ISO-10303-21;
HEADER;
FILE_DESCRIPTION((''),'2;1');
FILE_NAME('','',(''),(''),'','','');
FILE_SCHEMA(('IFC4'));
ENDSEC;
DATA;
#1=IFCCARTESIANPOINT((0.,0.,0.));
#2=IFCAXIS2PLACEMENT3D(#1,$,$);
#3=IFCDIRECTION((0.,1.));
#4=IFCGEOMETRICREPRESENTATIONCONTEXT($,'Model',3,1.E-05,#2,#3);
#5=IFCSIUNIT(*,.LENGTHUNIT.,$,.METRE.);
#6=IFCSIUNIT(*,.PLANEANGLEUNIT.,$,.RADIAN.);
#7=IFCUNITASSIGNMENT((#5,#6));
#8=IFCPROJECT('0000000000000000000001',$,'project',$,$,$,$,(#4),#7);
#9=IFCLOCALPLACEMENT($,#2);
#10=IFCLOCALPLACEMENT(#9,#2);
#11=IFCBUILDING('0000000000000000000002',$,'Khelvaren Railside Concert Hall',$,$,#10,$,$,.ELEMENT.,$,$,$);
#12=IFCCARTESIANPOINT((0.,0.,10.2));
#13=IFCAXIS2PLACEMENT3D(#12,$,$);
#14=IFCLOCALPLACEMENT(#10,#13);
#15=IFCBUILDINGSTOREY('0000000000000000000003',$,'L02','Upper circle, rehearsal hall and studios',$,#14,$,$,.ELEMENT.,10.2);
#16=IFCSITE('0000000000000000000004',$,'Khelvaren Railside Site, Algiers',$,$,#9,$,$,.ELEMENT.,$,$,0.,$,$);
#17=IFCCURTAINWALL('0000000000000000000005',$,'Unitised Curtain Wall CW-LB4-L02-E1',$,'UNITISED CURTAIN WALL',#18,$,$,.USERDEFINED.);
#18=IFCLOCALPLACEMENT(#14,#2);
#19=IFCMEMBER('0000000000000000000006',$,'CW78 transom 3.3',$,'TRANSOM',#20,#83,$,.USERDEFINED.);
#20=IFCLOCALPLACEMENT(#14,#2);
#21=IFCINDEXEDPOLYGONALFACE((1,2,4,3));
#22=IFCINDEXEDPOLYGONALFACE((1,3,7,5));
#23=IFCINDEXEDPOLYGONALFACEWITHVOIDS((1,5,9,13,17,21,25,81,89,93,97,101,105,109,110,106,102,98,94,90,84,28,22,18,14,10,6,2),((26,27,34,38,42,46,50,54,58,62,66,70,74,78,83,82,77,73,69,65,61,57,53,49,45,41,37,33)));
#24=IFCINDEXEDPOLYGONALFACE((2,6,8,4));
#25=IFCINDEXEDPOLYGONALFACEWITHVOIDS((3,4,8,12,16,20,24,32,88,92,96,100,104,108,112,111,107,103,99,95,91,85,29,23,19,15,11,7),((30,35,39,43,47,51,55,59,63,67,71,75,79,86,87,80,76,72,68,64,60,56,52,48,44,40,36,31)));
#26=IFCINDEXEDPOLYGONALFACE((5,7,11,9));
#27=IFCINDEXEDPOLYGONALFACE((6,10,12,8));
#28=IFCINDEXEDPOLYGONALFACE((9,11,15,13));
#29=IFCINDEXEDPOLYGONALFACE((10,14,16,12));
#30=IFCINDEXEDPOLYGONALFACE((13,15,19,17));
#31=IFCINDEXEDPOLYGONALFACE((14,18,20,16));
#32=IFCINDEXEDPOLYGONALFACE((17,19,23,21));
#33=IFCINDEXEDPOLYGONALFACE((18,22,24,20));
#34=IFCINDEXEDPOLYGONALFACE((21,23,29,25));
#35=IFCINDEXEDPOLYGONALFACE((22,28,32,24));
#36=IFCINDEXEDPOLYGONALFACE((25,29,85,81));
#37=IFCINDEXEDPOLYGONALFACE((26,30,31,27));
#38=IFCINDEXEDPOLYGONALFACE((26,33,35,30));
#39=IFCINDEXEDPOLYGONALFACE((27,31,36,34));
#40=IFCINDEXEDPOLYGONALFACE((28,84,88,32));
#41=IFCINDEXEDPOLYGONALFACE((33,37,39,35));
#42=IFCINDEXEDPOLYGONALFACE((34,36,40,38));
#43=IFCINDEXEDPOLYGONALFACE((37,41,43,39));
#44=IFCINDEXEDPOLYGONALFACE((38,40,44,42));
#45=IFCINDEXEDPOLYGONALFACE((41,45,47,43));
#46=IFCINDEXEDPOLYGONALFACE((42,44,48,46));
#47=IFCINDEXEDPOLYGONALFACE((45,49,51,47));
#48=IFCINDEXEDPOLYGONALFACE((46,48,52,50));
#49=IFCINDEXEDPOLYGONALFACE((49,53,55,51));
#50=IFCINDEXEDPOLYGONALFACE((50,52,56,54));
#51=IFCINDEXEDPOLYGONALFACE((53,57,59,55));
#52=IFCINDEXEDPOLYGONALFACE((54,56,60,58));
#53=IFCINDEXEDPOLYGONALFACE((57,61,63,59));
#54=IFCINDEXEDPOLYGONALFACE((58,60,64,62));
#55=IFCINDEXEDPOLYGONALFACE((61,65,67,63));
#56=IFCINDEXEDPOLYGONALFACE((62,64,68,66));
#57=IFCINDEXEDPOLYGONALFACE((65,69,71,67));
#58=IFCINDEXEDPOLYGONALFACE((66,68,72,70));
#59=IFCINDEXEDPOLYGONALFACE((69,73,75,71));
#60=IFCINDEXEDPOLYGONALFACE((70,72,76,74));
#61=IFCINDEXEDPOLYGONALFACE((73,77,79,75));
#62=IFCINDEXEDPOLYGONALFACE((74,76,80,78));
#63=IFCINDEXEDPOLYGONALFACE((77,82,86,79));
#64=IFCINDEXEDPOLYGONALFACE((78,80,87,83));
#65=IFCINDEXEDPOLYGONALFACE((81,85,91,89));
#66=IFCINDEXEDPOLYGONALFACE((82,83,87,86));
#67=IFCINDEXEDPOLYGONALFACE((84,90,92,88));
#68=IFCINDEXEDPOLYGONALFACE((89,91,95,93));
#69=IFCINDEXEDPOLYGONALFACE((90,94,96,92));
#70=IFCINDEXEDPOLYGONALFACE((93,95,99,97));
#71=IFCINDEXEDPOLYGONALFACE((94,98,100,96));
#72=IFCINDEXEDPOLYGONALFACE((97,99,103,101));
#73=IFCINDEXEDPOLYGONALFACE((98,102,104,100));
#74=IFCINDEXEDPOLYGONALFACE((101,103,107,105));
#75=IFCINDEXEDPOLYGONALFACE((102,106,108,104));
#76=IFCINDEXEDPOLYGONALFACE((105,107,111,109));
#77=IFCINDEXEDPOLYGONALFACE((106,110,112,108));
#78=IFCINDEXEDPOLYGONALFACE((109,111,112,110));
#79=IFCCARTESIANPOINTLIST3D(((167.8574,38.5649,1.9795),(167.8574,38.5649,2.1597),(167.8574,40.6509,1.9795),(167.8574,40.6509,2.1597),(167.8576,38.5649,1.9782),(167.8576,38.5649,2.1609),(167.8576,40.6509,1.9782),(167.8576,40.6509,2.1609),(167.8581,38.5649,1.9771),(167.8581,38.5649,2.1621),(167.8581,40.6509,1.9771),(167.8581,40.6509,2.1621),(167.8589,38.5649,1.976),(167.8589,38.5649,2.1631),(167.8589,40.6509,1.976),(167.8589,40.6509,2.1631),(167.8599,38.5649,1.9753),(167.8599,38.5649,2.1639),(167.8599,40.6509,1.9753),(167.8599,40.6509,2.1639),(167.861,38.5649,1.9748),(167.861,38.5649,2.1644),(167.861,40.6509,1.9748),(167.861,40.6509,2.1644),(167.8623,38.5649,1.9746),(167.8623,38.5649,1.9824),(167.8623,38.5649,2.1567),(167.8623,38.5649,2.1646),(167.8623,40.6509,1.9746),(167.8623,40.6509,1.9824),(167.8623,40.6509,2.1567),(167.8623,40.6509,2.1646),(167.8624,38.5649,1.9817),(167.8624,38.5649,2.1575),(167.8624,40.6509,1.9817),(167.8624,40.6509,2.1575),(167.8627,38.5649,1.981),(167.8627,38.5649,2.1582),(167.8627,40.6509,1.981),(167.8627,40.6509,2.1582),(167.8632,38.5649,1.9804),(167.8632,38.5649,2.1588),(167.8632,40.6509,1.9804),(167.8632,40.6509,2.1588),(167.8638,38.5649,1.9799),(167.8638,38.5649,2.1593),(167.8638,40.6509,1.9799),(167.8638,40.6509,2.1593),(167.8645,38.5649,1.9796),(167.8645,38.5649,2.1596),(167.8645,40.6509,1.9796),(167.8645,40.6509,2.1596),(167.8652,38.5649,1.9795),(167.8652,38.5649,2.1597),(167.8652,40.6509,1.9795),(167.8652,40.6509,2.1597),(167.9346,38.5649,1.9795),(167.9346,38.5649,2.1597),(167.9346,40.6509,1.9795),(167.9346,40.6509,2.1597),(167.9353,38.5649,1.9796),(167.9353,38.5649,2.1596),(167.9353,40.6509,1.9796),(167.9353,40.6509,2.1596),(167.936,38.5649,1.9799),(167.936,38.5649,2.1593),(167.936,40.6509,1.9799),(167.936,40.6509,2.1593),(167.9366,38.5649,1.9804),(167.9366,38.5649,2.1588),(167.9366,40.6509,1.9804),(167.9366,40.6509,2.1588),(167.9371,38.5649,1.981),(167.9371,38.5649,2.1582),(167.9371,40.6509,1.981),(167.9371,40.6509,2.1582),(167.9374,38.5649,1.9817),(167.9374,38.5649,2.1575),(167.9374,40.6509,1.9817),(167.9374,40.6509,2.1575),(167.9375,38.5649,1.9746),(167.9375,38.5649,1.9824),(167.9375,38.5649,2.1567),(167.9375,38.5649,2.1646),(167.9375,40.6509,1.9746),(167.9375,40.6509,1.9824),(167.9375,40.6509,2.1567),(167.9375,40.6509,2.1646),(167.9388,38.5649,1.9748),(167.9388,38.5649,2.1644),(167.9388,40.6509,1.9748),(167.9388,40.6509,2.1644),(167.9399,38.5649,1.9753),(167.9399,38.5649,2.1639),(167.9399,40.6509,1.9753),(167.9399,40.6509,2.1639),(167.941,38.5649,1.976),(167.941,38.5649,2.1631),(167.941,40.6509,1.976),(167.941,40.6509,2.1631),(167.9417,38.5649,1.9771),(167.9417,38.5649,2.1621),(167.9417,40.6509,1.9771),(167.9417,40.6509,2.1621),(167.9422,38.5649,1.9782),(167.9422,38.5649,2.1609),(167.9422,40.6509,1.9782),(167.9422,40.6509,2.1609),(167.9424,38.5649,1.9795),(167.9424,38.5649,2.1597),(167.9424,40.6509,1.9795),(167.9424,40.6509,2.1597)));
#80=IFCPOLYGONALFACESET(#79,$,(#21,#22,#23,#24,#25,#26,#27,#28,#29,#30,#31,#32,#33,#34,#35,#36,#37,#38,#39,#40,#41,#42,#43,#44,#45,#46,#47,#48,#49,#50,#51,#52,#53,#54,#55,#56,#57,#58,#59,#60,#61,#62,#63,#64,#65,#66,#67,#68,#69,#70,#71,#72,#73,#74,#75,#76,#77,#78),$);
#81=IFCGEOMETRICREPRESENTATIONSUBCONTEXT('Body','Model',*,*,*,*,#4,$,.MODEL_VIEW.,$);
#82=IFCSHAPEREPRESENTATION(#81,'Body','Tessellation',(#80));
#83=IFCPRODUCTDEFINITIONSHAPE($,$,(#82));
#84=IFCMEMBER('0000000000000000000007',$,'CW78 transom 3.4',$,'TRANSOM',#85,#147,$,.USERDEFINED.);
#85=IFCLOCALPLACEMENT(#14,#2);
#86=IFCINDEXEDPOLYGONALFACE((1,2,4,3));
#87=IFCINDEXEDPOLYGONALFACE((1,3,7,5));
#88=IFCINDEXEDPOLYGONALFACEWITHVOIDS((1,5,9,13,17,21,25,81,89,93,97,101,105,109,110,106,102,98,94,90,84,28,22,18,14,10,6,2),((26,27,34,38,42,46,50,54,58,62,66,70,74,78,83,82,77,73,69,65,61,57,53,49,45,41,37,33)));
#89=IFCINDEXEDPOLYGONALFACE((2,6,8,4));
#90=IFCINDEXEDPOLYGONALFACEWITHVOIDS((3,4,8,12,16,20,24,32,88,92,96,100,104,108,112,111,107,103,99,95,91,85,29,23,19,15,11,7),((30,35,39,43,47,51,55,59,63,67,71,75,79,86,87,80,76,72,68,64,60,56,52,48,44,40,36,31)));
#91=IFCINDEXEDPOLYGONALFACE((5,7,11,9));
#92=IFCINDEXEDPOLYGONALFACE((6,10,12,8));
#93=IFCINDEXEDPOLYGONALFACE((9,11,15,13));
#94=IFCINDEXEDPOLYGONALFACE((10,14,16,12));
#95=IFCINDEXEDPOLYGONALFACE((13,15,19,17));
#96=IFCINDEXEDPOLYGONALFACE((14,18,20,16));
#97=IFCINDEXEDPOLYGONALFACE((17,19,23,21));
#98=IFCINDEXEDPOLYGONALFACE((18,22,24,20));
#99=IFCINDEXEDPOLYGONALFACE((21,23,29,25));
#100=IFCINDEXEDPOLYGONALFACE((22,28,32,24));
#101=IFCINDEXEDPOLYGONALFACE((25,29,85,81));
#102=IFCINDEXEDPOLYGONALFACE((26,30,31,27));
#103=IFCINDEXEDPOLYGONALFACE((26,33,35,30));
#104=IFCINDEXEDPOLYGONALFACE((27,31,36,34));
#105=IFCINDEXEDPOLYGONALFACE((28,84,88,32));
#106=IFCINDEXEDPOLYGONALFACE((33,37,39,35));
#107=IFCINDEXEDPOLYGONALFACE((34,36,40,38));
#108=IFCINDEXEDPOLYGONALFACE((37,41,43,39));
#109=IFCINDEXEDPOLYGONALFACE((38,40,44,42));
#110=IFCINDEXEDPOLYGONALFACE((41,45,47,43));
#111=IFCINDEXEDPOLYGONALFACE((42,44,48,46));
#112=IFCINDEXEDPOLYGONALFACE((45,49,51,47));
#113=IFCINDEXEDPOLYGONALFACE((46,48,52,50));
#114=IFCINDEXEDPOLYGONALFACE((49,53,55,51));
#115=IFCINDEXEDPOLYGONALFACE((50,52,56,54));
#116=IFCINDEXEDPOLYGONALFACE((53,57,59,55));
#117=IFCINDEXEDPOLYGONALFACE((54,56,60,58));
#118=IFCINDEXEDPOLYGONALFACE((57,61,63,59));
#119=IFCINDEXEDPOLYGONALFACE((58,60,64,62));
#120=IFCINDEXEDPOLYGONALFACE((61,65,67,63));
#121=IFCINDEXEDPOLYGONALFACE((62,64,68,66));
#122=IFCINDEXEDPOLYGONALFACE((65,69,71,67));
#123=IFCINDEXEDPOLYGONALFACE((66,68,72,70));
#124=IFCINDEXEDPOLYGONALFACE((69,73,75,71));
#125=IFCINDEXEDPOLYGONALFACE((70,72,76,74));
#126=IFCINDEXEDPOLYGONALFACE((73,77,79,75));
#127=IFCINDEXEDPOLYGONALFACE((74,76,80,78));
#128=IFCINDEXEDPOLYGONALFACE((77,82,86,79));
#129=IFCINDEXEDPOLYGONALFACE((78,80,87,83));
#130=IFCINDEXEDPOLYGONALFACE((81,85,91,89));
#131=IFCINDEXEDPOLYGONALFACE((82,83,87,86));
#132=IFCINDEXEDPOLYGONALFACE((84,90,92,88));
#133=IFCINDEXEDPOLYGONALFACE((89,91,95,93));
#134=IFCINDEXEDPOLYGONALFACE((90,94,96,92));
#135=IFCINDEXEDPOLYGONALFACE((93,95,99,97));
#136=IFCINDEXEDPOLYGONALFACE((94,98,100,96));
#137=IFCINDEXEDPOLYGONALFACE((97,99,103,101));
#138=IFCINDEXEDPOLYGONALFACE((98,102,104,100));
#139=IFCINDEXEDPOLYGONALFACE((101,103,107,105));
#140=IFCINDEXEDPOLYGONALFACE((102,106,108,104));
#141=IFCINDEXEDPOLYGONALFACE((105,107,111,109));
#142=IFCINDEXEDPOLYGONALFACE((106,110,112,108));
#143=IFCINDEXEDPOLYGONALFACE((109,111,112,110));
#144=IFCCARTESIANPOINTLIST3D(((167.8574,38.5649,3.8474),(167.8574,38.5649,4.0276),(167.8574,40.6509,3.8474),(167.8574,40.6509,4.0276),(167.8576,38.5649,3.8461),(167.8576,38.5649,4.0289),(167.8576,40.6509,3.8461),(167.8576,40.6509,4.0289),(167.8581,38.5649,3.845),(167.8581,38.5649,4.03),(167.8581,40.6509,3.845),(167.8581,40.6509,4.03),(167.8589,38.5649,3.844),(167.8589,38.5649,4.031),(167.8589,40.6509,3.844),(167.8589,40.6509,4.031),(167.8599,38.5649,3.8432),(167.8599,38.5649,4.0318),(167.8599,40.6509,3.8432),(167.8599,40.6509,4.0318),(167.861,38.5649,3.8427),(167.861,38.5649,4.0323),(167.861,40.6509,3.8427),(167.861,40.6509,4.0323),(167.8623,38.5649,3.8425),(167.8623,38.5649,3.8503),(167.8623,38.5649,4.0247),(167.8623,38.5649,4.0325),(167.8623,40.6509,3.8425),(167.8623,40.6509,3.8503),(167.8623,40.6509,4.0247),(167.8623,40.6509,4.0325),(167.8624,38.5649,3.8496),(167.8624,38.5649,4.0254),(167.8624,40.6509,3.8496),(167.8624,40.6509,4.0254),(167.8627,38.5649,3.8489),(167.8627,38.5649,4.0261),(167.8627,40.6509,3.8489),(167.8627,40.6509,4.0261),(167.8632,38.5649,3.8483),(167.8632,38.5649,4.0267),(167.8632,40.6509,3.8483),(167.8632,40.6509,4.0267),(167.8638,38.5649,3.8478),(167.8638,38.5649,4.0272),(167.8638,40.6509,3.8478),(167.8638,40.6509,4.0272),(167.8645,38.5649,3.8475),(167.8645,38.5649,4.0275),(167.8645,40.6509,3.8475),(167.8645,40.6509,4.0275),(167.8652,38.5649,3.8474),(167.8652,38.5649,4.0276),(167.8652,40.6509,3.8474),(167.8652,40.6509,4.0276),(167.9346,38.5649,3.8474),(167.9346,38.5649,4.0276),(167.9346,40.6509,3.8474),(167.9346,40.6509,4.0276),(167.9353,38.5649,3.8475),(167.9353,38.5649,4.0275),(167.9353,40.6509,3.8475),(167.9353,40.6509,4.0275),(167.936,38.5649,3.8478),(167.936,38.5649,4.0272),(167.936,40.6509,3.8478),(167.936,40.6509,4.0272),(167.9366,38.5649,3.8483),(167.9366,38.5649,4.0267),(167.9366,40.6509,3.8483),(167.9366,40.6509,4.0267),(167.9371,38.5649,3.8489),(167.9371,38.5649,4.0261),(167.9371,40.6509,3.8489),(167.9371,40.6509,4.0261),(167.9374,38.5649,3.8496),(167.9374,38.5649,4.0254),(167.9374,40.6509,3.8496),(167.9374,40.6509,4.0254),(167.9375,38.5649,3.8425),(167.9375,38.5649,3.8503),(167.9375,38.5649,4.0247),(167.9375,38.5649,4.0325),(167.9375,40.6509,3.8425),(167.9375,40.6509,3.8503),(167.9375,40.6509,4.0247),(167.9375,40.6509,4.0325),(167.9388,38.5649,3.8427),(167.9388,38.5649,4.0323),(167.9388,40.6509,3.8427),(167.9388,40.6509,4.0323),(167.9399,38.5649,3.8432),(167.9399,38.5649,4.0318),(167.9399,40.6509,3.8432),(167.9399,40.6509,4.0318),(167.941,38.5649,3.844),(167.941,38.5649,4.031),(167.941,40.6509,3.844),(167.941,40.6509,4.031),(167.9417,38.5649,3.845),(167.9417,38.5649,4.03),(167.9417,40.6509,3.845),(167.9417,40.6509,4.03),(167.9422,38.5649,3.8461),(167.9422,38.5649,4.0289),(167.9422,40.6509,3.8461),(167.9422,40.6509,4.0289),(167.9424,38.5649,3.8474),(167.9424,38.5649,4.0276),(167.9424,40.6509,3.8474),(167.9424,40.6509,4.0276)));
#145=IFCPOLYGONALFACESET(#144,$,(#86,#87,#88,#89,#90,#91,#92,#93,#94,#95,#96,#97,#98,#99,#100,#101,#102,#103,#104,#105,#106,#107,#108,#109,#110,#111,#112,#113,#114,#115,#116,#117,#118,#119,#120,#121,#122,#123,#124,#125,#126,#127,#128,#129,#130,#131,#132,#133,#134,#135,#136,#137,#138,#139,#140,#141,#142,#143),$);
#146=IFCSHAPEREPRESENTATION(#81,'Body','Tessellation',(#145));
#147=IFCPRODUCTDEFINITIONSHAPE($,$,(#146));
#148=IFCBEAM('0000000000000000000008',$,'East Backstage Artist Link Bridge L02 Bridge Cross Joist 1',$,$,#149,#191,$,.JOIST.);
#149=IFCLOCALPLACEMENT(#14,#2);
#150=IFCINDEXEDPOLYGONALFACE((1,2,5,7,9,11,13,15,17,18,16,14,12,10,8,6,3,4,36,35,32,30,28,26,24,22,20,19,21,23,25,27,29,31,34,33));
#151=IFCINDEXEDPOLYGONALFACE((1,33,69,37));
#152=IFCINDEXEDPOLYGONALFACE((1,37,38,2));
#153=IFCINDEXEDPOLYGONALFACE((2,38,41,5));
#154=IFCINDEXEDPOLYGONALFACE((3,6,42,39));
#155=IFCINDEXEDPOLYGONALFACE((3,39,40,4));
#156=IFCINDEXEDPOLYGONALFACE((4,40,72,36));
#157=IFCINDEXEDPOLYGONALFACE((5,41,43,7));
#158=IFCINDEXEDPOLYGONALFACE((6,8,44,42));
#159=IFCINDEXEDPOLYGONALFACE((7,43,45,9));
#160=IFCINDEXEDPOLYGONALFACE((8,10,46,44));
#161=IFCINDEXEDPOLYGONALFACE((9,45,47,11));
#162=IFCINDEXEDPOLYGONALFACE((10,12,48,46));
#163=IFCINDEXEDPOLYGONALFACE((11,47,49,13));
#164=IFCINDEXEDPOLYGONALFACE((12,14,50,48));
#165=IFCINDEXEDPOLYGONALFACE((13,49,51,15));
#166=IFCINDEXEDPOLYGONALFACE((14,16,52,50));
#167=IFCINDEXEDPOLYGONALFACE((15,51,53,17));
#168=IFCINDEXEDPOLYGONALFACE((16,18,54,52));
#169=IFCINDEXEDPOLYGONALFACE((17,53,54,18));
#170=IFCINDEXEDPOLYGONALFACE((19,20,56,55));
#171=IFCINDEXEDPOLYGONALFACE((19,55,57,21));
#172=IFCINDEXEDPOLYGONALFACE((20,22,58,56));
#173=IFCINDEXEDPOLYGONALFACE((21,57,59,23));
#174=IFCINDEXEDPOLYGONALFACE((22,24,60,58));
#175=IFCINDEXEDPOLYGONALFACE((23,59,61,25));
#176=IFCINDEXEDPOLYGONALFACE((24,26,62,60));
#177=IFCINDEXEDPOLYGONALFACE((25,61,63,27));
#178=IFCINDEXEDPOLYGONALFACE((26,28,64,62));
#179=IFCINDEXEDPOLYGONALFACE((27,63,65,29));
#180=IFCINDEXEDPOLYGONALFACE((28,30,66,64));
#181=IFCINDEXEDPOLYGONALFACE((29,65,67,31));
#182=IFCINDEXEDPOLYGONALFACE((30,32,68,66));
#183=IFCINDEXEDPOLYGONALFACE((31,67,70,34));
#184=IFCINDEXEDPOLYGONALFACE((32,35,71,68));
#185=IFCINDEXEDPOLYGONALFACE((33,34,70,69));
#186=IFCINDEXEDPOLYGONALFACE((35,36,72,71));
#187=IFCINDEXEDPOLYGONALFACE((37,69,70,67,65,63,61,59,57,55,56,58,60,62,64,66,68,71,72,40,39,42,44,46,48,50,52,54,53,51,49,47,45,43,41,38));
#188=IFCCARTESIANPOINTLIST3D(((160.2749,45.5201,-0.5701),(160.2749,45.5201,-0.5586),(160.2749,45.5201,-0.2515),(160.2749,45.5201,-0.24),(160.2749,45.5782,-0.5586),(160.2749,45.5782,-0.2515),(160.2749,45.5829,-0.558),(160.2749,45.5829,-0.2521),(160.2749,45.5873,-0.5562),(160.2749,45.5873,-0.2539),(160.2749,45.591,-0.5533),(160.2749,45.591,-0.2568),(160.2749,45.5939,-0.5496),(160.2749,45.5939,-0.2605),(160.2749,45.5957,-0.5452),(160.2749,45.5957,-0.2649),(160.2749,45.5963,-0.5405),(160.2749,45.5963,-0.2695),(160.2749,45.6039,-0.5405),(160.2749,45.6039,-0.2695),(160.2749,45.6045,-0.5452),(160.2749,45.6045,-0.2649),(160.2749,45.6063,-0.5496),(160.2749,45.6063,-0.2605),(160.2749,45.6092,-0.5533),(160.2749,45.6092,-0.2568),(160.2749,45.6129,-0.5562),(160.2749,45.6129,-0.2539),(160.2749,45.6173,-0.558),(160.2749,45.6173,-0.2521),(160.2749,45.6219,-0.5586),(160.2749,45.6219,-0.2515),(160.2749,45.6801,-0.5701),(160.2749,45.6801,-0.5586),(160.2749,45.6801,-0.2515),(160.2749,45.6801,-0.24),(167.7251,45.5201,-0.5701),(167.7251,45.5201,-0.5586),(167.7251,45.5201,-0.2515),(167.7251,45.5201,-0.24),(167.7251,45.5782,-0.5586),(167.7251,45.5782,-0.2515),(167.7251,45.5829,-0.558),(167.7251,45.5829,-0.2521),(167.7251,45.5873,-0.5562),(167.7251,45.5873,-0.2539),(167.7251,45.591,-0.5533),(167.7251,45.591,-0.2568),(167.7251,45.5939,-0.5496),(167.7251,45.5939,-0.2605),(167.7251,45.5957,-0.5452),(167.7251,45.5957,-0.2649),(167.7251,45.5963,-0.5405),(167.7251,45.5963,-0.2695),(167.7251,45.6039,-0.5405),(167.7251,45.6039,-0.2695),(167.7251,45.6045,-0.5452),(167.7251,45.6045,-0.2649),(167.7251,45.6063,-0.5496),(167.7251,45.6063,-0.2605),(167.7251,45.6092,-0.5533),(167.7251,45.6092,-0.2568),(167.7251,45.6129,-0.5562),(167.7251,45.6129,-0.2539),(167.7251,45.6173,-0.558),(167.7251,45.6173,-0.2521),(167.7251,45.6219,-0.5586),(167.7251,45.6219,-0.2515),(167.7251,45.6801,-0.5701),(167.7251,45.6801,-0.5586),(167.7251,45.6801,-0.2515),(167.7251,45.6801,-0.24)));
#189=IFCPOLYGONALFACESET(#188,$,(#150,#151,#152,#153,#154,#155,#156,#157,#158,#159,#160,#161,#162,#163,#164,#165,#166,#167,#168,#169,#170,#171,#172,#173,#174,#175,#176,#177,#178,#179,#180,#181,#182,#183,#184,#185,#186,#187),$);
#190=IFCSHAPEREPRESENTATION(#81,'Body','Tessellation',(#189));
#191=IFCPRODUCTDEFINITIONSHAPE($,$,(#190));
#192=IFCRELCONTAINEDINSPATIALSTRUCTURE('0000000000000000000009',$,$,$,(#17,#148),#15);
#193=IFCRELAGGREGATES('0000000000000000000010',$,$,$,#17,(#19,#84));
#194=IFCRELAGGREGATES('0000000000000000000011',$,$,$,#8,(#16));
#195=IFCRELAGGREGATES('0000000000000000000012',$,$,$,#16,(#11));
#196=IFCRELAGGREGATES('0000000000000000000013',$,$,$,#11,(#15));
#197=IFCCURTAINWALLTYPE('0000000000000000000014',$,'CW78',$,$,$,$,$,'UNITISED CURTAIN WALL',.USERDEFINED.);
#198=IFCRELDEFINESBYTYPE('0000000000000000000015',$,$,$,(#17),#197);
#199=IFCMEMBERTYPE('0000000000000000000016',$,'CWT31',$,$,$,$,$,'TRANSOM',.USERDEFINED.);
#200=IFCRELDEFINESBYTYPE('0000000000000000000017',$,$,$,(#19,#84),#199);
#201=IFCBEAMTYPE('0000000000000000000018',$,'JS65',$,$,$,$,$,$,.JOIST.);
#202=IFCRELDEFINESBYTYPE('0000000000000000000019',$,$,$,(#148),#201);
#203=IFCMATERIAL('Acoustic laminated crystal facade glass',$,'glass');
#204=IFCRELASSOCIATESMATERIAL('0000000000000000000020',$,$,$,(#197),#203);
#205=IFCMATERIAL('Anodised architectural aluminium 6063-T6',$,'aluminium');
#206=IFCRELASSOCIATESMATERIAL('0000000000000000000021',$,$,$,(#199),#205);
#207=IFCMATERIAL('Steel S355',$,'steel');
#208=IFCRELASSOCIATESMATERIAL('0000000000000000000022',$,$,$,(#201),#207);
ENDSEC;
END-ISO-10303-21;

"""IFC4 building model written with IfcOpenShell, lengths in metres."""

from ifc_helpers import new_model, si_unit, direction, frame, origin, origin_2d, place, context, subcontext, project, spatial, hollow_rectangle, i_section, extrude, material, material_profile, profile_set, type_object, element, aggregate, save


model = new_model("IFC4")

# Units and contexts
model_context = context("Model", 3, precision=1e-05, world=origin(), true_north=direction((0.0, 1.0)))
body_context = subcontext(model_context, "Body", "Model", "MODEL_VIEW")
ifc_project = project(units=[si_unit("LENGTHUNIT", "METRE"), si_unit("PLANEANGLEUNIT", "RADIAN")], contexts=[model_context])

# Site, building, storey
site_placement = place(None, origin())
site = spatial("IfcSite", under=ifc_project, at=site_placement, Name="Khelvaren Railside Site, Algiers", CompositionType="ELEMENT", RefElevation=0.0)
building_placement = place(site_placement, origin())
building = spatial("IfcBuilding", under=site, at=building_placement, Name="Khelvaren Railside Concert Hall", CompositionType="ELEMENT")
storey_placement = place(building_placement, frame((0.0, 0.0, 10.2)))
storey = spatial("IfcBuildingStorey", under=building, at=storey_placement, Name="L02", Description="Upper circle, rehearsal hall and studios", CompositionType="ELEMENT", Elevation=10.2)

# Curtain wall, members
ifc_material_1 = material(Name="Acoustic laminated crystal facade glass", Category="glass")
curtain_wall_type = type_object("IfcCurtainWallType", Name="CW78", ElementType="UNITISED CURTAIN WALL", PredefinedType="USERDEFINED", material=ifc_material_1)
curtain_wall_placement = place(storey_placement, origin())
curtain_wall = element("IfcCurtainWall", 1, at=curtain_wall_placement, inside=storey, type_object=curtain_wall_type, Name="Unitised Curtain Wall CW-LB4-L02-E1", ObjectType="UNITISED CURTAIN WALL", PredefinedType="USERDEFINED")
ifc_material_2 = material(Name="Anodised architectural aluminium 6063-T6", Category="aluminium")
ifc_material_profile_1 = material_profile(ifc_material_2, hollow_rectangle(XDim=0.085, YDim=0.1899, WallThickness=0.0049, InnerFilletRadius=0.0029, OuterFilletRadius=0.0049, at=origin_2d()), Name="CWT 85x190x5")
ifc_profile_set_1 = profile_set([ifc_material_profile_1], Name="Anodised architectural aluminium 6063-T6")
member_type_1 = type_object("IfcMemberType", Name="CWT31", ElementType="TRANSOM", PredefinedType="USERDEFINED", material=ifc_profile_set_1)
member_1_placement = place(storey_placement, frame((167.8999, 40.6509, 2.0696), z_axis=(0.0, -1.0, 0.0), x_axis=(1.0, 0.0, 0.0)))
member_1 = element("IfcMember", 2, at=member_1_placement, type_object=member_type_1, Name="CW78 transom 3.3", ObjectType="TRANSOM", PredefinedType="USERDEFINED", context=body_context, shape_type="SweptSolid", body=[
    extrude(hollow_rectangle(XDim=0.085, YDim=0.1899, WallThickness=0.0049, InnerFilletRadius=0.0029, OuterFilletRadius=0.0049, at=origin_2d()), origin(), (0.0, 0.0, 1.0), 2.0859),
])
member_2_placement = place(storey_placement, frame((167.8999, 40.6509, 3.9375), z_axis=(0.0, -1.0, 0.0), x_axis=(1.0, 0.0, 0.0)))
member_2 = element("IfcMember", 3, at=member_2_placement, type_object=member_type_1, Name="CW78 transom 3.4", ObjectType="TRANSOM", PredefinedType="USERDEFINED", context=body_context, shape_type="SweptSolid", body=[
    extrude(hollow_rectangle(XDim=0.085, YDim=0.1899, WallThickness=0.0049, InnerFilletRadius=0.0029, OuterFilletRadius=0.0049, at=origin_2d()), origin(), (0.0, 0.0, 1.0), 2.0859),
])

# Beam
ifc_material_3 = material(Name="Steel S355", Category="steel")
ifc_material_profile_2 = material_profile(ifc_material_3, i_section(OverallWidth=0.1599, OverallDepth=0.3301, WebThickness=0.0076, FlangeThickness=0.0115, FilletRadius=0.0181, at=origin_2d()), Name="IPE 330")
ifc_profile_set_2 = profile_set([ifc_material_profile_2], Name="Steel S355")
beam_type = type_object("IfcBeamType", Name="JS65", PredefinedType="JOIST", material=ifc_profile_set_2)
for number, where, z_axis, x_axis, name in (
    (4, (160.2749, 45.6001, -0.405), (1.0, 0.0, 0.0), (0.0, 1.0, 0.0), "East Backstage Artist Link Bridge L02 Bridge Cross Joist 1"),
):
    element("IfcBeam", number, at=place(storey_placement, frame(where, z_axis=z_axis, x_axis=x_axis)), inside=storey, type_object=beam_type, Name=name, PredefinedType="JOIST", context=body_context, shape_type="SweptSolid", body=[
        extrude(i_section(OverallWidth=0.1599, OverallDepth=0.3301, WebThickness=0.0076, FlangeThickness=0.0115, FilletRadius=0.0181, at=origin_2d()), origin(), (0.0, 0.0, 1.0), 7.4502),
    ])

aggregate(curtain_wall, [member_1, member_2])

save(model, "model.ifc")
